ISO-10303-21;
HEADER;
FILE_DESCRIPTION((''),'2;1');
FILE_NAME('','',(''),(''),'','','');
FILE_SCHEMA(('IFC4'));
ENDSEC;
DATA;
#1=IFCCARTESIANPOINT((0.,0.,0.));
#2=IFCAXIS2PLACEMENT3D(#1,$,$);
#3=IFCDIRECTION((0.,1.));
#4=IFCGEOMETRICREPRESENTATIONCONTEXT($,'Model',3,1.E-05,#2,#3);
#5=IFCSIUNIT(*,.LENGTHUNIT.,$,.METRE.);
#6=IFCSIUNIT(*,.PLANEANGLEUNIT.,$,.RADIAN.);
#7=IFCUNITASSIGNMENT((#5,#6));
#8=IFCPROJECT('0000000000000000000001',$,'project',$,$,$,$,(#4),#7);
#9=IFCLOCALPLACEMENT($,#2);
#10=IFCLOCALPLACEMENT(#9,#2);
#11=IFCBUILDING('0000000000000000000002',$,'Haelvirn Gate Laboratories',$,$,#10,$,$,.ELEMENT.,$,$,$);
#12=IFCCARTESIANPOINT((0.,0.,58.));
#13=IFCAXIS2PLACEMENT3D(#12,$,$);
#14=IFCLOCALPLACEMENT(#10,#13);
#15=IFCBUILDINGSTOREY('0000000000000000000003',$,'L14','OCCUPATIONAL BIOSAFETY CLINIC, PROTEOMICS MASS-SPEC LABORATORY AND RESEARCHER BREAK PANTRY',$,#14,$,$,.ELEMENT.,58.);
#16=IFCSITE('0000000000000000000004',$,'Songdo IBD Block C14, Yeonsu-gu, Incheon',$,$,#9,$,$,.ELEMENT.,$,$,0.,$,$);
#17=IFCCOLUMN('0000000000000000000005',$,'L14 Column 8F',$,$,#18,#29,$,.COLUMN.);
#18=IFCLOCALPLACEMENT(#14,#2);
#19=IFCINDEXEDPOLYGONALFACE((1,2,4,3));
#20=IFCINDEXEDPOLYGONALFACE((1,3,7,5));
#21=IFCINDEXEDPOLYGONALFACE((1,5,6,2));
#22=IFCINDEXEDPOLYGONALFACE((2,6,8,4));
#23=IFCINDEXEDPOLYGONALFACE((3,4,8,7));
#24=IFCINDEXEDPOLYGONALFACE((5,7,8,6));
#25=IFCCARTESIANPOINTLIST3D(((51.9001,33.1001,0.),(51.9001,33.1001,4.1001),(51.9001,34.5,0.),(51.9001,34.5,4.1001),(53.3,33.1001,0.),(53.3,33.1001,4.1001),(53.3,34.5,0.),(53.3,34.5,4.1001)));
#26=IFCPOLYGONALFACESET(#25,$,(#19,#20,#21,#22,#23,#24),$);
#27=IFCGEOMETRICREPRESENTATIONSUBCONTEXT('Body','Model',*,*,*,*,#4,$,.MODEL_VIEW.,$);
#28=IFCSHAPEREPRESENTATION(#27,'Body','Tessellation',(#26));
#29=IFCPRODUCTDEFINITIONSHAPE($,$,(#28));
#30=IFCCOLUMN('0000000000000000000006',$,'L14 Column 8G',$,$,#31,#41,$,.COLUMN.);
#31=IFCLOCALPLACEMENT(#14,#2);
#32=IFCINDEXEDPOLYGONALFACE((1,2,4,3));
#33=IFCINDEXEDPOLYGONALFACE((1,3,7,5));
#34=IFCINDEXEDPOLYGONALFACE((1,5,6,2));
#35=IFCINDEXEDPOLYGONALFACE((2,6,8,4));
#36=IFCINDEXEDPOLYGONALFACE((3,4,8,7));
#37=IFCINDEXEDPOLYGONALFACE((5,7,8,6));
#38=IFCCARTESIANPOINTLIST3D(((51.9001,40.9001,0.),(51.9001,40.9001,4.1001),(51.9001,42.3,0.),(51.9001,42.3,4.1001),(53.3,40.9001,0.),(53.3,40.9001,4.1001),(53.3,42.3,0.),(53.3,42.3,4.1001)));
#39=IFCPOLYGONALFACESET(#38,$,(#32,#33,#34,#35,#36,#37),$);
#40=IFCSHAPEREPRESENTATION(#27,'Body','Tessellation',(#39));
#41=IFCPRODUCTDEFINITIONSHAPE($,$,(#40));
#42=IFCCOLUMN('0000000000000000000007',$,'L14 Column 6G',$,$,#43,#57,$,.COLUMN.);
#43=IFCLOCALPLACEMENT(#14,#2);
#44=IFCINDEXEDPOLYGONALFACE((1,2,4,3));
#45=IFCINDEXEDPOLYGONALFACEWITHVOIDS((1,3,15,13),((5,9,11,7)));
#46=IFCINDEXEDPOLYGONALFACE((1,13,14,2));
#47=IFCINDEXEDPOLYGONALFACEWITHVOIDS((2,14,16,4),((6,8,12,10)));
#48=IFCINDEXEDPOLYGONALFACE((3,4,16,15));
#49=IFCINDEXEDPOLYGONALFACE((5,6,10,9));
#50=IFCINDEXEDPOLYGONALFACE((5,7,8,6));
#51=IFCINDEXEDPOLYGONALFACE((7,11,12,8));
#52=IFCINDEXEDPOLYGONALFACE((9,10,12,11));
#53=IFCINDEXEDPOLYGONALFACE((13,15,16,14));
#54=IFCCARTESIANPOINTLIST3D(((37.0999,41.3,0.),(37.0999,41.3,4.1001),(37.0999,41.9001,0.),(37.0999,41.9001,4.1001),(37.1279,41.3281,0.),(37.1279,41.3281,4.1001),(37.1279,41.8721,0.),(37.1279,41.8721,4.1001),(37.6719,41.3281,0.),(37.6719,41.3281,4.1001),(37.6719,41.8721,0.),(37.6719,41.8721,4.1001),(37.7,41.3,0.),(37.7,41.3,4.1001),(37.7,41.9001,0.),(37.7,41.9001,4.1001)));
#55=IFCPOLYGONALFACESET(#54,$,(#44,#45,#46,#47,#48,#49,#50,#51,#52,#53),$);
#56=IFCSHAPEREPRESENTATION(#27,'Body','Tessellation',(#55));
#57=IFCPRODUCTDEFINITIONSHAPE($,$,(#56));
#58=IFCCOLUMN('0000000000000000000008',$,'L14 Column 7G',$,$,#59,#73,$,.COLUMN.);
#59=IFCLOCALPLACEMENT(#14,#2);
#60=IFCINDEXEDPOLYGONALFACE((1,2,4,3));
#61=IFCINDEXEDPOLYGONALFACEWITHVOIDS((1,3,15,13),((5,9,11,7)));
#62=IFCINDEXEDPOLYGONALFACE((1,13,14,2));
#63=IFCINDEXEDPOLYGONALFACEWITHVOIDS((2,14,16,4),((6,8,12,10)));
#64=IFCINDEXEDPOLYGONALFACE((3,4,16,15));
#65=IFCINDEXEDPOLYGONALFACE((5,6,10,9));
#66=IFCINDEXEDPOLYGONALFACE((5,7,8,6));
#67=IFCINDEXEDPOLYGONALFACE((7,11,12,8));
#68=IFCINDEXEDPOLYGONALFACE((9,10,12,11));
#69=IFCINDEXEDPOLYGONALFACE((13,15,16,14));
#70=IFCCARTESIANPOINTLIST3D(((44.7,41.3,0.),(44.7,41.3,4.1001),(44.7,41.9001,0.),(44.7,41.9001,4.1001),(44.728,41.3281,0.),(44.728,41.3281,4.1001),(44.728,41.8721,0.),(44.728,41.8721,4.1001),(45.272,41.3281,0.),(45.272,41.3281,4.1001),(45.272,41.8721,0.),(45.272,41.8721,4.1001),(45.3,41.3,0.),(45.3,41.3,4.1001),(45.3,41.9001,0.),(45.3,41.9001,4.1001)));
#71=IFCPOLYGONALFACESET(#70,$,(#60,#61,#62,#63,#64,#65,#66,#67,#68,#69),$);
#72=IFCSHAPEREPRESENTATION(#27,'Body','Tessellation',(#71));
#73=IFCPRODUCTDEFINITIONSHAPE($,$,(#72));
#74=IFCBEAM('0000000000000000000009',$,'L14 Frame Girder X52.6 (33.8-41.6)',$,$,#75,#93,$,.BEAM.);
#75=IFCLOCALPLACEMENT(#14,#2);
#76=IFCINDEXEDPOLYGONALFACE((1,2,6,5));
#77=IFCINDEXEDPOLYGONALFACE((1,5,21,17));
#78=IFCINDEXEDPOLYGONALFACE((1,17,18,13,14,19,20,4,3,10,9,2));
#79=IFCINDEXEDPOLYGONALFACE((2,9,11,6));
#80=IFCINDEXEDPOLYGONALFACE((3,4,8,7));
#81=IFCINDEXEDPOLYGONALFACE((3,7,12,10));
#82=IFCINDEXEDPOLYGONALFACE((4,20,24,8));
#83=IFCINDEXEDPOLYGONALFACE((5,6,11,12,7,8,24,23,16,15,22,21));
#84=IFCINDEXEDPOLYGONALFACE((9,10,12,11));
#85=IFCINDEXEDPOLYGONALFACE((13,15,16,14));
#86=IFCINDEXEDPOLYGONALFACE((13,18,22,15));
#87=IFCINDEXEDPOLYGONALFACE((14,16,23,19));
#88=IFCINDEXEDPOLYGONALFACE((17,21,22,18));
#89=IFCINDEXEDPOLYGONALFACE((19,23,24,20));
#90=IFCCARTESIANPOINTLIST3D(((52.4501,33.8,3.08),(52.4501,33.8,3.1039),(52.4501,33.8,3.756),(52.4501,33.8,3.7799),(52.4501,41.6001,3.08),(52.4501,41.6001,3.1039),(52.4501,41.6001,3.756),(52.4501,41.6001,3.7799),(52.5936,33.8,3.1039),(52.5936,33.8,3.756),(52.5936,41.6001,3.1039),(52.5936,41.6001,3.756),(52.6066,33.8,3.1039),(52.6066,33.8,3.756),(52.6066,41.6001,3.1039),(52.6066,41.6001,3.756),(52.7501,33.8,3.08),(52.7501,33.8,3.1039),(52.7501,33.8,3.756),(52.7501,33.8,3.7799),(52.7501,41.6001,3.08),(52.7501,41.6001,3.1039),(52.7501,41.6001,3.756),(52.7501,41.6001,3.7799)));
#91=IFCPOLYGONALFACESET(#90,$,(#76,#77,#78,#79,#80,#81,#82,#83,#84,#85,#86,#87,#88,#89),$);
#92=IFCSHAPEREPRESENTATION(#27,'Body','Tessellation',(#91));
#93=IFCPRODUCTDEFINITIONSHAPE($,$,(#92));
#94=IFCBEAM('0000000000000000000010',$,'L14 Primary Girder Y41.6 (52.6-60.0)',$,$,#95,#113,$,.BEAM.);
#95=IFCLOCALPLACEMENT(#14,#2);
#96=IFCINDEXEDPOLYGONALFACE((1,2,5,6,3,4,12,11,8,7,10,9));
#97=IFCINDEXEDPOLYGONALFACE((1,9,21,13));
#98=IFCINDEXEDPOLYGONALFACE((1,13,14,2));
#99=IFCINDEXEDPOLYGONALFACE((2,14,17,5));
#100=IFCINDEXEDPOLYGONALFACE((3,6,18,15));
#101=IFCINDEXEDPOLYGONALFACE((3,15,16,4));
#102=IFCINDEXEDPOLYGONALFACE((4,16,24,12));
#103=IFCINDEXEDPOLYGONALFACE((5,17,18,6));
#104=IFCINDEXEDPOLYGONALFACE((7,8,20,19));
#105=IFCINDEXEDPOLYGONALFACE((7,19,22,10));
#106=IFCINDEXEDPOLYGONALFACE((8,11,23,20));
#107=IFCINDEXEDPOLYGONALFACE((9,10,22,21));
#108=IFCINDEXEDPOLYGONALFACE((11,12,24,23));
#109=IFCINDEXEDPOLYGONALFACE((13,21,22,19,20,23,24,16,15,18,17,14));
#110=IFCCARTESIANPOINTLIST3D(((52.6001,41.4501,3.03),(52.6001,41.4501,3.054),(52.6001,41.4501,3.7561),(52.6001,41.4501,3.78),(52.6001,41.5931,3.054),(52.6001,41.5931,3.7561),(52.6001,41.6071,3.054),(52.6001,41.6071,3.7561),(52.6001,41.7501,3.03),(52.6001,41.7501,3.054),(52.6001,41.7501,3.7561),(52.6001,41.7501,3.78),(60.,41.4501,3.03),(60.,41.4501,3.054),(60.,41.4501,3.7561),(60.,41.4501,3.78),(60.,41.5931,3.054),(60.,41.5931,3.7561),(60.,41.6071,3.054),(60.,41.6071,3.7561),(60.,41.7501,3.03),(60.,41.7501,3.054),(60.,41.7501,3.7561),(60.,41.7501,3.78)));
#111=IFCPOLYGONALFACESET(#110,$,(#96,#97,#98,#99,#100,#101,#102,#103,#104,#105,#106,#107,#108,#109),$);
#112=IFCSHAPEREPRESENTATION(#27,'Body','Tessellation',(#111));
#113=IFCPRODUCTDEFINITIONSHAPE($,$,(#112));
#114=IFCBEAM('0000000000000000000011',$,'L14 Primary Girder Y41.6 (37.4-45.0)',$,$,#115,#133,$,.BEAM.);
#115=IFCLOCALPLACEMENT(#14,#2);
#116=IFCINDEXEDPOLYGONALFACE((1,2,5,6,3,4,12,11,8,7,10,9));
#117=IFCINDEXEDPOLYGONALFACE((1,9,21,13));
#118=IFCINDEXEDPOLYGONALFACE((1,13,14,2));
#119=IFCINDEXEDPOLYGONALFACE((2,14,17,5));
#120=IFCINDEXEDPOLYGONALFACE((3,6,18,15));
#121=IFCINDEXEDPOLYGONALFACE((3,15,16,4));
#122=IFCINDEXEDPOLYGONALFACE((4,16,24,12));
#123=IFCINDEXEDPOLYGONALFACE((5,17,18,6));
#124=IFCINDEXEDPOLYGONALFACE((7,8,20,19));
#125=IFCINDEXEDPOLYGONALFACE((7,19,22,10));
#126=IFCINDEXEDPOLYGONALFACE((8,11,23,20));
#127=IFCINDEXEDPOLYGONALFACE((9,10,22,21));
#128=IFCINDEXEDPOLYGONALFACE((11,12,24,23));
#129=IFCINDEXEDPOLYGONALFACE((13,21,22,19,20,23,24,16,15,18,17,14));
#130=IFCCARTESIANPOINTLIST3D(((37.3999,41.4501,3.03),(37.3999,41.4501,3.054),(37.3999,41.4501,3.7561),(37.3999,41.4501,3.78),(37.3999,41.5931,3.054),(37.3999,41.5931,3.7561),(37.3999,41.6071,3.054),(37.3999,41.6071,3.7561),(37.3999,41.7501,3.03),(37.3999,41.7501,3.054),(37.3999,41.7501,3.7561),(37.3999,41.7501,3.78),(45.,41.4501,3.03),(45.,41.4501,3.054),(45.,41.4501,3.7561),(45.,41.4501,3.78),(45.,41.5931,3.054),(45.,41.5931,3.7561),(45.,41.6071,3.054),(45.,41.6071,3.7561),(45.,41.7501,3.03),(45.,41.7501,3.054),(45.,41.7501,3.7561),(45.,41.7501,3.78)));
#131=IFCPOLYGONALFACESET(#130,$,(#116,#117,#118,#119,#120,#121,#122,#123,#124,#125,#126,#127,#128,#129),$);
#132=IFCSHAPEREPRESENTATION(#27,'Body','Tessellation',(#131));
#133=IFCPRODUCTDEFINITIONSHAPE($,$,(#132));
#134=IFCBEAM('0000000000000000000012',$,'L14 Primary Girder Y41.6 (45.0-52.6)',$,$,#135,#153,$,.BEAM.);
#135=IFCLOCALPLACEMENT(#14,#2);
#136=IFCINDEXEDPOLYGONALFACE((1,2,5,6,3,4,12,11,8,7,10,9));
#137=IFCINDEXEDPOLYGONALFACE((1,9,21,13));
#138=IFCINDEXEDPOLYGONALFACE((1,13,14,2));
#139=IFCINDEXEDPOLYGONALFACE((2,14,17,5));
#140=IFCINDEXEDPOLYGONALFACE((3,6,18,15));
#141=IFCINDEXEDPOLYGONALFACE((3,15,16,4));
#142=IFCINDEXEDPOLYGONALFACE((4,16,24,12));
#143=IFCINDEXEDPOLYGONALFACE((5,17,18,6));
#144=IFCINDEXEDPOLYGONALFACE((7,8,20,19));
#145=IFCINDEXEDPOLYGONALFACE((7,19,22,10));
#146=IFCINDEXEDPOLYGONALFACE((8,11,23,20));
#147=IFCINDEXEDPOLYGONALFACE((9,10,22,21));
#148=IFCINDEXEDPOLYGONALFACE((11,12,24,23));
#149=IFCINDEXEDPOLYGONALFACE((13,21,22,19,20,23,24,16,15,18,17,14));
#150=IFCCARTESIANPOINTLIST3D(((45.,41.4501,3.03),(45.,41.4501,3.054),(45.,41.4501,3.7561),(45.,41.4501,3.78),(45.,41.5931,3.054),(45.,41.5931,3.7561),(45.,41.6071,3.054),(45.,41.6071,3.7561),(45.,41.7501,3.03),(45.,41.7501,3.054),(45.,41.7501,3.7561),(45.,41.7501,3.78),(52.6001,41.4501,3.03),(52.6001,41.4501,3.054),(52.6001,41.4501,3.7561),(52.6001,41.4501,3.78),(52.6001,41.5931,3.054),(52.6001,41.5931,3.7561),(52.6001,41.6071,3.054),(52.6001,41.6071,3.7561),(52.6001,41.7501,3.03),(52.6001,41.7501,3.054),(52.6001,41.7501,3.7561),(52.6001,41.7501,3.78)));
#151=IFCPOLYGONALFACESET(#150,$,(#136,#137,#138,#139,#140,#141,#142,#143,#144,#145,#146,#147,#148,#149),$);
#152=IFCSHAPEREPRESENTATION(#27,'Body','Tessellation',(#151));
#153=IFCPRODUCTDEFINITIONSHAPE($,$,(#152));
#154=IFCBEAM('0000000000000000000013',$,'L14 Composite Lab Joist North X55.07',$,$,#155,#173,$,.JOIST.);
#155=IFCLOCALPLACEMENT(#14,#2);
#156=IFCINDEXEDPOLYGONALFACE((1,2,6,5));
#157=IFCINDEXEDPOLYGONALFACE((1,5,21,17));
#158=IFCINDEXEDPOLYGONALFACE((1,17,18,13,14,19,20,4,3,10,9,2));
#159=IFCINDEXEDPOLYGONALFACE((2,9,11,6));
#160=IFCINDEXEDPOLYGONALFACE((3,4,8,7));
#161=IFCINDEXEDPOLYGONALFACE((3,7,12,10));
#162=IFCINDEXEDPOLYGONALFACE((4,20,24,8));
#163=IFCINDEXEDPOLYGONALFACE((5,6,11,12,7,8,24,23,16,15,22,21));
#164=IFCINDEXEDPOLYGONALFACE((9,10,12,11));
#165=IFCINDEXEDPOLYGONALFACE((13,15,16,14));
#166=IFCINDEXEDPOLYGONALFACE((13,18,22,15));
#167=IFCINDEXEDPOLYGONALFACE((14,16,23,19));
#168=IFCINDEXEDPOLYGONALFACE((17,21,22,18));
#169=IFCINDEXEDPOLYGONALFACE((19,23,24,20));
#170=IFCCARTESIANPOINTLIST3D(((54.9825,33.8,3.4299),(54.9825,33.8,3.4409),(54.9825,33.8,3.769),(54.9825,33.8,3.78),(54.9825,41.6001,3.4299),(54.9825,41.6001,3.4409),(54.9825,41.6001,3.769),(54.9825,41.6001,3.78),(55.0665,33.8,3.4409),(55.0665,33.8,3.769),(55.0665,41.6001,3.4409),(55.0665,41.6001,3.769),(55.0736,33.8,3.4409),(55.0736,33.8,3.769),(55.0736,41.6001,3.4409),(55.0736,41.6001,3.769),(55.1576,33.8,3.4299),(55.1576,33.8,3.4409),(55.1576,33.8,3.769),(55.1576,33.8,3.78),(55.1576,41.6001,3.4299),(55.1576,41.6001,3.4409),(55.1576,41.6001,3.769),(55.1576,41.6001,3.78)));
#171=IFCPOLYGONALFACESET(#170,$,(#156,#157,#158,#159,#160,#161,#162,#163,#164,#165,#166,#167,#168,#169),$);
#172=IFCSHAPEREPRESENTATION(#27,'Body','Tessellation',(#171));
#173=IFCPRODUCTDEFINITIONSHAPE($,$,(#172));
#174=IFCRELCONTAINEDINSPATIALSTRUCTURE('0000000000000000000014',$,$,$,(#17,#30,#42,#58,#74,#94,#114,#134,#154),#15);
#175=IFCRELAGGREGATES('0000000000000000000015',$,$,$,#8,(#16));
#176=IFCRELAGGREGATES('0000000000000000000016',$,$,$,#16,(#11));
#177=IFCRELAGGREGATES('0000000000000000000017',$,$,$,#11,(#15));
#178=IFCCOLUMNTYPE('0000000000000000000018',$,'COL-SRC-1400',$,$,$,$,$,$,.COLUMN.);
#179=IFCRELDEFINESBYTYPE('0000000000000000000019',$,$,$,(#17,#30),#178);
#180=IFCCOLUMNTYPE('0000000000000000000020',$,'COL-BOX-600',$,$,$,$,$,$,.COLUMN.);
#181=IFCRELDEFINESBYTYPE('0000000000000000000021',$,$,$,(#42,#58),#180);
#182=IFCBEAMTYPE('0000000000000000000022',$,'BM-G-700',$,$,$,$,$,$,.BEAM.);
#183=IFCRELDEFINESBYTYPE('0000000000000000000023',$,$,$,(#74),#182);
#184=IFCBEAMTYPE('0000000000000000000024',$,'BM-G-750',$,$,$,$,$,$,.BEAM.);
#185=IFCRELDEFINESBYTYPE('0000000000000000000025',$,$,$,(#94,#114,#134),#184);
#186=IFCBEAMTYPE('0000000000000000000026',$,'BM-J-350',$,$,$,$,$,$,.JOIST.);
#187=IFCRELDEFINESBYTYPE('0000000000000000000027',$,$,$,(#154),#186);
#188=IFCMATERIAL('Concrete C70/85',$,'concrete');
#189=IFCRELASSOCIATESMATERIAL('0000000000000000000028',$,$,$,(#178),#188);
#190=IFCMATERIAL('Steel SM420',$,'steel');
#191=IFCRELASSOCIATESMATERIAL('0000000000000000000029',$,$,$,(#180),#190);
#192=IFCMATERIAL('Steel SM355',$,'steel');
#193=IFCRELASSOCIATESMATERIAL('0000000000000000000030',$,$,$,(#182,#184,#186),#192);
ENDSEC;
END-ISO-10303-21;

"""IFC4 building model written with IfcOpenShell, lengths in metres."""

from ifc_helpers import new_model, si_unit, direction, frame, origin, origin_2d, place, context, subcontext, project, spatial, rectangle, hollow_rectangle, i_section, extrude, source, transform, mapped, material, material_profile, profile_set, type_object, type_shapes, element, save


model = new_model("IFC4")

# Units and contexts
model_context = context("Model", 3, precision=1e-05, world=origin(), true_north=direction((0.0, 1.0)))
body_context = subcontext(model_context, "Body", "Model", "MODEL_VIEW")
ifc_project = project(units=[si_unit("LENGTHUNIT", "METRE"), si_unit("PLANEANGLEUNIT", "RADIAN")], contexts=[model_context])

# Site, building, storey
site_placement = place(None, origin())
site = spatial("IfcSite", under=ifc_project, at=site_placement, Name="Songdo IBD Block C14, Yeonsu-gu, Incheon", CompositionType="ELEMENT", RefElevation=0.0)
building_placement = place(site_placement, origin())
building = spatial("IfcBuilding", under=site, at=building_placement, Name="Haelvirn Gate Laboratories", CompositionType="ELEMENT")
storey_placement = place(building_placement, frame((0.0, 0.0, 58.0)))
storey = spatial("IfcBuildingStorey", under=building, at=storey_placement, Name="L14", Description="OCCUPATIONAL BIOSAFETY CLINIC, PROTEOMICS MASS-SPEC LABORATORY AND RESEARCHER BREAK PANTRY", CompositionType="ELEMENT", Elevation=58.0)

# Columns
ifc_material_1 = material(Name="Concrete C70/85", Category="concrete")
ifc_material_profile_1 = material_profile(ifc_material_1, rectangle(XDim=1.3999, YDim=1.3999, at=origin_2d()), Name="SRC-1400x1400")
ifc_profile_set_1 = profile_set([ifc_material_profile_1], Name="Concrete C70/85")
column_type_1 = type_object("IfcColumnType", Name="COL-SRC-1400", PredefinedType="COLUMN", material=ifc_profile_set_1)
shared_shape_1 = source(origin(), body_context, "Body", "SweptSolid", [
    extrude(rectangle(XDim=1.3999, YDim=1.3999, at=origin_2d()), origin(), (0.0, 0.0, 1.0), 4.1001),
])
type_shapes(column_type_1, [shared_shape_1])
for number, where, z_axis, x_axis, name in (
    (1, (52.6001, 33.8, 0.0), (0.0, 0.0, 1.0), (1.0, 0.0, 0.0), "L14 Column 8F"),
    (2, (52.6001, 41.6001, 0.0), (0.0, 0.0, 1.0), (1.0, 0.0, 0.0), "L14 Column 8G"),
):
    element("IfcColumn", number, at=place(storey_placement, frame(where, z_axis=z_axis, x_axis=x_axis)), inside=storey, type_object=column_type_1, Name=name, PredefinedType="COLUMN", context=body_context, shape_type="MappedRepresentation", body=[
        mapped(shared_shape_1, transform((0.0, 0.0, 0.0), scale=1.0)),
    ])
ifc_material_2 = material(Name="Steel SM420", Category="steel")
ifc_material_profile_2 = material_profile(ifc_material_2, hollow_rectangle(XDim=0.6001, YDim=0.6001, WallThickness=0.0281, at=origin_2d()), Name="BOX-600x600x28")
ifc_profile_set_2 = profile_set([ifc_material_profile_2], Name="Steel SM420")
column_type_2 = type_object("IfcColumnType", Name="COL-BOX-600", PredefinedType="COLUMN", material=ifc_profile_set_2)
shared_shape_2 = source(origin(), body_context, "Body", "SweptSolid", [
    extrude(hollow_rectangle(XDim=0.6001, YDim=0.6001, WallThickness=0.0281, at=origin_2d()), origin(), (0.0, 0.0, 1.0), 4.1001),
])
type_shapes(column_type_2, [shared_shape_2])
for number, where, z_axis, x_axis, name in (
    (3, (37.3999, 41.6001, 0.0), (0.0, 0.0, 1.0), (1.0, 0.0, 0.0), "L14 Column 6G"),
    (4, (45.0, 41.6001, 0.0), (0.0, 0.0, 1.0), (1.0, 0.0, 0.0), "L14 Column 7G"),
):
    element("IfcColumn", number, at=place(storey_placement, frame(where, z_axis=z_axis, x_axis=x_axis)), inside=storey, type_object=column_type_2, Name=name, PredefinedType="COLUMN", context=body_context, shape_type="MappedRepresentation", body=[
        mapped(shared_shape_2, transform((0.0, 0.0, 0.0), scale=1.0)),
    ])

# Beams
ifc_material_3 = material(Name="Steel SM355", Category="steel")
ifc_material_profile_3 = material_profile(ifc_material_3, i_section(OverallWidth=0.3, OverallDepth=0.7, WebThickness=0.0129, FlangeThickness=0.0239, at=origin_2d()), Name="H-700x300x13x24")
ifc_profile_set_3 = profile_set([ifc_material_profile_3], Name="Steel SM355")
beam_type_1 = type_object("IfcBeamType", Name="BM-G-700", PredefinedType="BEAM", material=ifc_profile_set_3)
shared_shape_3 = source(origin(), body_context, "Body", "SweptSolid", [
    extrude(i_section(OverallWidth=0.3, OverallDepth=0.7, WebThickness=0.0129, FlangeThickness=0.0239, at=origin_2d()), origin(), (0.0, 0.0, 1.0), 7.8),
])
type_shapes(beam_type_1, [shared_shape_3])
beam_1_placement = place(storey_placement, frame((52.6001, 33.8, 3.4299), z_axis=(0.0, 1.0, 0.0), x_axis=(-1.0, 0.0, 0.0)))
element("IfcBeam", 5, at=beam_1_placement, inside=storey, type_object=beam_type_1, Name="L14 Frame Girder X52.6 (33.8-41.6)", PredefinedType="BEAM", context=body_context, shape_type="MappedRepresentation", body=[
    mapped(shared_shape_3, transform((0.0, 0.0, 0.0), scale=1.0)),
])
ifc_material_profile_4 = material_profile(ifc_material_3, i_section(OverallWidth=0.3, OverallDepth=0.75, WebThickness=0.0139, FlangeThickness=0.0239, at=origin_2d()), Name="H-750x300x14x24")
ifc_profile_set_4 = profile_set([ifc_material_profile_4], Name="Steel SM355")
beam_type_2 = type_object("IfcBeamType", Name="BM-G-750", PredefinedType="BEAM", material=ifc_profile_set_4)
shared_shape_4 = source(origin(), body_context, "Body", "SweptSolid", [
    extrude(i_section(OverallWidth=0.3, OverallDepth=0.75, WebThickness=0.0139, FlangeThickness=0.0239, at=origin_2d()), origin(), (0.0, 0.0, 1.0), 7.3999),
])
beam_2_placement = place(storey_placement, frame((52.6001, 41.6001, 3.405), z_axis=(1.0, 0.0, 0.0), x_axis=(0.0, 1.0, 0.0)))
element("IfcBeam", 6, at=beam_2_placement, inside=storey, type_object=beam_type_2, Name="L14 Primary Girder Y41.6 (52.6-60.0)", PredefinedType="BEAM", context=body_context, shape_type="MappedRepresentation", body=[
    mapped(shared_shape_4, transform((0.0, 0.0, 0.0), scale=1.0)),
])
shared_shape_5 = source(origin(), body_context, "Body", "SweptSolid", [
    extrude(i_section(OverallWidth=0.3, OverallDepth=0.75, WebThickness=0.0139, FlangeThickness=0.0239, at=origin_2d()), origin(), (0.0, 0.0, 1.0), 7.6001),
])
type_shapes(beam_type_2, [shared_shape_4, shared_shape_5])
for number, where, z_axis, x_axis, name in (
    (7, (37.3999, 41.6001, 3.405), (1.0, 0.0, 0.0), (0.0, 1.0, 0.0), "L14 Primary Girder Y41.6 (37.4-45.0)"),
    (8, (45.0, 41.6001, 3.405), (1.0, 0.0, 0.0), (0.0, 1.0, 0.0), "L14 Primary Girder Y41.6 (45.0-52.6)"),
):
    element("IfcBeam", number, at=place(storey_placement, frame(where, z_axis=z_axis, x_axis=x_axis)), inside=storey, type_object=beam_type_2, Name=name, PredefinedType="BEAM", context=body_context, shape_type="MappedRepresentation", body=[
        mapped(shared_shape_5, transform((0.0, 0.0, 0.0), scale=1.0)),
    ])
ifc_material_profile_5 = material_profile(ifc_material_3, i_section(OverallWidth=0.175, OverallDepth=0.3501, WebThickness=0.0071, FlangeThickness=0.011, at=origin_2d()), Name="H-350x175x7x11")
ifc_profile_set_5 = profile_set([ifc_material_profile_5], Name="Steel SM355")
beam_type_3 = type_object("IfcBeamType", Name="BM-J-350", PredefinedType="JOIST", material=ifc_profile_set_5)
shared_shape_6 = source(origin(), body_context, "Body", "SweptSolid", [
    extrude(i_section(OverallWidth=0.175, OverallDepth=0.3501, WebThickness=0.0071, FlangeThickness=0.011, at=origin_2d()), origin(), (0.0, 0.0, 1.0), 7.8),
])
type_shapes(beam_type_3, [shared_shape_6])
beam_3_placement = place(storey_placement, frame((55.0701, 33.8, 3.605), z_axis=(0.0, 1.0, 0.0), x_axis=(-1.0, 0.0, 0.0)))
element("IfcBeam", 9, at=beam_3_placement, inside=storey, type_object=beam_type_3, Name="L14 Composite Lab Joist North X55.07", PredefinedType="JOIST", context=body_context, shape_type="MappedRepresentation", body=[
    mapped(shared_shape_6, transform((0.0, 0.0, 0.0), scale=1.0)),
])

save(model, "model.ifc")
